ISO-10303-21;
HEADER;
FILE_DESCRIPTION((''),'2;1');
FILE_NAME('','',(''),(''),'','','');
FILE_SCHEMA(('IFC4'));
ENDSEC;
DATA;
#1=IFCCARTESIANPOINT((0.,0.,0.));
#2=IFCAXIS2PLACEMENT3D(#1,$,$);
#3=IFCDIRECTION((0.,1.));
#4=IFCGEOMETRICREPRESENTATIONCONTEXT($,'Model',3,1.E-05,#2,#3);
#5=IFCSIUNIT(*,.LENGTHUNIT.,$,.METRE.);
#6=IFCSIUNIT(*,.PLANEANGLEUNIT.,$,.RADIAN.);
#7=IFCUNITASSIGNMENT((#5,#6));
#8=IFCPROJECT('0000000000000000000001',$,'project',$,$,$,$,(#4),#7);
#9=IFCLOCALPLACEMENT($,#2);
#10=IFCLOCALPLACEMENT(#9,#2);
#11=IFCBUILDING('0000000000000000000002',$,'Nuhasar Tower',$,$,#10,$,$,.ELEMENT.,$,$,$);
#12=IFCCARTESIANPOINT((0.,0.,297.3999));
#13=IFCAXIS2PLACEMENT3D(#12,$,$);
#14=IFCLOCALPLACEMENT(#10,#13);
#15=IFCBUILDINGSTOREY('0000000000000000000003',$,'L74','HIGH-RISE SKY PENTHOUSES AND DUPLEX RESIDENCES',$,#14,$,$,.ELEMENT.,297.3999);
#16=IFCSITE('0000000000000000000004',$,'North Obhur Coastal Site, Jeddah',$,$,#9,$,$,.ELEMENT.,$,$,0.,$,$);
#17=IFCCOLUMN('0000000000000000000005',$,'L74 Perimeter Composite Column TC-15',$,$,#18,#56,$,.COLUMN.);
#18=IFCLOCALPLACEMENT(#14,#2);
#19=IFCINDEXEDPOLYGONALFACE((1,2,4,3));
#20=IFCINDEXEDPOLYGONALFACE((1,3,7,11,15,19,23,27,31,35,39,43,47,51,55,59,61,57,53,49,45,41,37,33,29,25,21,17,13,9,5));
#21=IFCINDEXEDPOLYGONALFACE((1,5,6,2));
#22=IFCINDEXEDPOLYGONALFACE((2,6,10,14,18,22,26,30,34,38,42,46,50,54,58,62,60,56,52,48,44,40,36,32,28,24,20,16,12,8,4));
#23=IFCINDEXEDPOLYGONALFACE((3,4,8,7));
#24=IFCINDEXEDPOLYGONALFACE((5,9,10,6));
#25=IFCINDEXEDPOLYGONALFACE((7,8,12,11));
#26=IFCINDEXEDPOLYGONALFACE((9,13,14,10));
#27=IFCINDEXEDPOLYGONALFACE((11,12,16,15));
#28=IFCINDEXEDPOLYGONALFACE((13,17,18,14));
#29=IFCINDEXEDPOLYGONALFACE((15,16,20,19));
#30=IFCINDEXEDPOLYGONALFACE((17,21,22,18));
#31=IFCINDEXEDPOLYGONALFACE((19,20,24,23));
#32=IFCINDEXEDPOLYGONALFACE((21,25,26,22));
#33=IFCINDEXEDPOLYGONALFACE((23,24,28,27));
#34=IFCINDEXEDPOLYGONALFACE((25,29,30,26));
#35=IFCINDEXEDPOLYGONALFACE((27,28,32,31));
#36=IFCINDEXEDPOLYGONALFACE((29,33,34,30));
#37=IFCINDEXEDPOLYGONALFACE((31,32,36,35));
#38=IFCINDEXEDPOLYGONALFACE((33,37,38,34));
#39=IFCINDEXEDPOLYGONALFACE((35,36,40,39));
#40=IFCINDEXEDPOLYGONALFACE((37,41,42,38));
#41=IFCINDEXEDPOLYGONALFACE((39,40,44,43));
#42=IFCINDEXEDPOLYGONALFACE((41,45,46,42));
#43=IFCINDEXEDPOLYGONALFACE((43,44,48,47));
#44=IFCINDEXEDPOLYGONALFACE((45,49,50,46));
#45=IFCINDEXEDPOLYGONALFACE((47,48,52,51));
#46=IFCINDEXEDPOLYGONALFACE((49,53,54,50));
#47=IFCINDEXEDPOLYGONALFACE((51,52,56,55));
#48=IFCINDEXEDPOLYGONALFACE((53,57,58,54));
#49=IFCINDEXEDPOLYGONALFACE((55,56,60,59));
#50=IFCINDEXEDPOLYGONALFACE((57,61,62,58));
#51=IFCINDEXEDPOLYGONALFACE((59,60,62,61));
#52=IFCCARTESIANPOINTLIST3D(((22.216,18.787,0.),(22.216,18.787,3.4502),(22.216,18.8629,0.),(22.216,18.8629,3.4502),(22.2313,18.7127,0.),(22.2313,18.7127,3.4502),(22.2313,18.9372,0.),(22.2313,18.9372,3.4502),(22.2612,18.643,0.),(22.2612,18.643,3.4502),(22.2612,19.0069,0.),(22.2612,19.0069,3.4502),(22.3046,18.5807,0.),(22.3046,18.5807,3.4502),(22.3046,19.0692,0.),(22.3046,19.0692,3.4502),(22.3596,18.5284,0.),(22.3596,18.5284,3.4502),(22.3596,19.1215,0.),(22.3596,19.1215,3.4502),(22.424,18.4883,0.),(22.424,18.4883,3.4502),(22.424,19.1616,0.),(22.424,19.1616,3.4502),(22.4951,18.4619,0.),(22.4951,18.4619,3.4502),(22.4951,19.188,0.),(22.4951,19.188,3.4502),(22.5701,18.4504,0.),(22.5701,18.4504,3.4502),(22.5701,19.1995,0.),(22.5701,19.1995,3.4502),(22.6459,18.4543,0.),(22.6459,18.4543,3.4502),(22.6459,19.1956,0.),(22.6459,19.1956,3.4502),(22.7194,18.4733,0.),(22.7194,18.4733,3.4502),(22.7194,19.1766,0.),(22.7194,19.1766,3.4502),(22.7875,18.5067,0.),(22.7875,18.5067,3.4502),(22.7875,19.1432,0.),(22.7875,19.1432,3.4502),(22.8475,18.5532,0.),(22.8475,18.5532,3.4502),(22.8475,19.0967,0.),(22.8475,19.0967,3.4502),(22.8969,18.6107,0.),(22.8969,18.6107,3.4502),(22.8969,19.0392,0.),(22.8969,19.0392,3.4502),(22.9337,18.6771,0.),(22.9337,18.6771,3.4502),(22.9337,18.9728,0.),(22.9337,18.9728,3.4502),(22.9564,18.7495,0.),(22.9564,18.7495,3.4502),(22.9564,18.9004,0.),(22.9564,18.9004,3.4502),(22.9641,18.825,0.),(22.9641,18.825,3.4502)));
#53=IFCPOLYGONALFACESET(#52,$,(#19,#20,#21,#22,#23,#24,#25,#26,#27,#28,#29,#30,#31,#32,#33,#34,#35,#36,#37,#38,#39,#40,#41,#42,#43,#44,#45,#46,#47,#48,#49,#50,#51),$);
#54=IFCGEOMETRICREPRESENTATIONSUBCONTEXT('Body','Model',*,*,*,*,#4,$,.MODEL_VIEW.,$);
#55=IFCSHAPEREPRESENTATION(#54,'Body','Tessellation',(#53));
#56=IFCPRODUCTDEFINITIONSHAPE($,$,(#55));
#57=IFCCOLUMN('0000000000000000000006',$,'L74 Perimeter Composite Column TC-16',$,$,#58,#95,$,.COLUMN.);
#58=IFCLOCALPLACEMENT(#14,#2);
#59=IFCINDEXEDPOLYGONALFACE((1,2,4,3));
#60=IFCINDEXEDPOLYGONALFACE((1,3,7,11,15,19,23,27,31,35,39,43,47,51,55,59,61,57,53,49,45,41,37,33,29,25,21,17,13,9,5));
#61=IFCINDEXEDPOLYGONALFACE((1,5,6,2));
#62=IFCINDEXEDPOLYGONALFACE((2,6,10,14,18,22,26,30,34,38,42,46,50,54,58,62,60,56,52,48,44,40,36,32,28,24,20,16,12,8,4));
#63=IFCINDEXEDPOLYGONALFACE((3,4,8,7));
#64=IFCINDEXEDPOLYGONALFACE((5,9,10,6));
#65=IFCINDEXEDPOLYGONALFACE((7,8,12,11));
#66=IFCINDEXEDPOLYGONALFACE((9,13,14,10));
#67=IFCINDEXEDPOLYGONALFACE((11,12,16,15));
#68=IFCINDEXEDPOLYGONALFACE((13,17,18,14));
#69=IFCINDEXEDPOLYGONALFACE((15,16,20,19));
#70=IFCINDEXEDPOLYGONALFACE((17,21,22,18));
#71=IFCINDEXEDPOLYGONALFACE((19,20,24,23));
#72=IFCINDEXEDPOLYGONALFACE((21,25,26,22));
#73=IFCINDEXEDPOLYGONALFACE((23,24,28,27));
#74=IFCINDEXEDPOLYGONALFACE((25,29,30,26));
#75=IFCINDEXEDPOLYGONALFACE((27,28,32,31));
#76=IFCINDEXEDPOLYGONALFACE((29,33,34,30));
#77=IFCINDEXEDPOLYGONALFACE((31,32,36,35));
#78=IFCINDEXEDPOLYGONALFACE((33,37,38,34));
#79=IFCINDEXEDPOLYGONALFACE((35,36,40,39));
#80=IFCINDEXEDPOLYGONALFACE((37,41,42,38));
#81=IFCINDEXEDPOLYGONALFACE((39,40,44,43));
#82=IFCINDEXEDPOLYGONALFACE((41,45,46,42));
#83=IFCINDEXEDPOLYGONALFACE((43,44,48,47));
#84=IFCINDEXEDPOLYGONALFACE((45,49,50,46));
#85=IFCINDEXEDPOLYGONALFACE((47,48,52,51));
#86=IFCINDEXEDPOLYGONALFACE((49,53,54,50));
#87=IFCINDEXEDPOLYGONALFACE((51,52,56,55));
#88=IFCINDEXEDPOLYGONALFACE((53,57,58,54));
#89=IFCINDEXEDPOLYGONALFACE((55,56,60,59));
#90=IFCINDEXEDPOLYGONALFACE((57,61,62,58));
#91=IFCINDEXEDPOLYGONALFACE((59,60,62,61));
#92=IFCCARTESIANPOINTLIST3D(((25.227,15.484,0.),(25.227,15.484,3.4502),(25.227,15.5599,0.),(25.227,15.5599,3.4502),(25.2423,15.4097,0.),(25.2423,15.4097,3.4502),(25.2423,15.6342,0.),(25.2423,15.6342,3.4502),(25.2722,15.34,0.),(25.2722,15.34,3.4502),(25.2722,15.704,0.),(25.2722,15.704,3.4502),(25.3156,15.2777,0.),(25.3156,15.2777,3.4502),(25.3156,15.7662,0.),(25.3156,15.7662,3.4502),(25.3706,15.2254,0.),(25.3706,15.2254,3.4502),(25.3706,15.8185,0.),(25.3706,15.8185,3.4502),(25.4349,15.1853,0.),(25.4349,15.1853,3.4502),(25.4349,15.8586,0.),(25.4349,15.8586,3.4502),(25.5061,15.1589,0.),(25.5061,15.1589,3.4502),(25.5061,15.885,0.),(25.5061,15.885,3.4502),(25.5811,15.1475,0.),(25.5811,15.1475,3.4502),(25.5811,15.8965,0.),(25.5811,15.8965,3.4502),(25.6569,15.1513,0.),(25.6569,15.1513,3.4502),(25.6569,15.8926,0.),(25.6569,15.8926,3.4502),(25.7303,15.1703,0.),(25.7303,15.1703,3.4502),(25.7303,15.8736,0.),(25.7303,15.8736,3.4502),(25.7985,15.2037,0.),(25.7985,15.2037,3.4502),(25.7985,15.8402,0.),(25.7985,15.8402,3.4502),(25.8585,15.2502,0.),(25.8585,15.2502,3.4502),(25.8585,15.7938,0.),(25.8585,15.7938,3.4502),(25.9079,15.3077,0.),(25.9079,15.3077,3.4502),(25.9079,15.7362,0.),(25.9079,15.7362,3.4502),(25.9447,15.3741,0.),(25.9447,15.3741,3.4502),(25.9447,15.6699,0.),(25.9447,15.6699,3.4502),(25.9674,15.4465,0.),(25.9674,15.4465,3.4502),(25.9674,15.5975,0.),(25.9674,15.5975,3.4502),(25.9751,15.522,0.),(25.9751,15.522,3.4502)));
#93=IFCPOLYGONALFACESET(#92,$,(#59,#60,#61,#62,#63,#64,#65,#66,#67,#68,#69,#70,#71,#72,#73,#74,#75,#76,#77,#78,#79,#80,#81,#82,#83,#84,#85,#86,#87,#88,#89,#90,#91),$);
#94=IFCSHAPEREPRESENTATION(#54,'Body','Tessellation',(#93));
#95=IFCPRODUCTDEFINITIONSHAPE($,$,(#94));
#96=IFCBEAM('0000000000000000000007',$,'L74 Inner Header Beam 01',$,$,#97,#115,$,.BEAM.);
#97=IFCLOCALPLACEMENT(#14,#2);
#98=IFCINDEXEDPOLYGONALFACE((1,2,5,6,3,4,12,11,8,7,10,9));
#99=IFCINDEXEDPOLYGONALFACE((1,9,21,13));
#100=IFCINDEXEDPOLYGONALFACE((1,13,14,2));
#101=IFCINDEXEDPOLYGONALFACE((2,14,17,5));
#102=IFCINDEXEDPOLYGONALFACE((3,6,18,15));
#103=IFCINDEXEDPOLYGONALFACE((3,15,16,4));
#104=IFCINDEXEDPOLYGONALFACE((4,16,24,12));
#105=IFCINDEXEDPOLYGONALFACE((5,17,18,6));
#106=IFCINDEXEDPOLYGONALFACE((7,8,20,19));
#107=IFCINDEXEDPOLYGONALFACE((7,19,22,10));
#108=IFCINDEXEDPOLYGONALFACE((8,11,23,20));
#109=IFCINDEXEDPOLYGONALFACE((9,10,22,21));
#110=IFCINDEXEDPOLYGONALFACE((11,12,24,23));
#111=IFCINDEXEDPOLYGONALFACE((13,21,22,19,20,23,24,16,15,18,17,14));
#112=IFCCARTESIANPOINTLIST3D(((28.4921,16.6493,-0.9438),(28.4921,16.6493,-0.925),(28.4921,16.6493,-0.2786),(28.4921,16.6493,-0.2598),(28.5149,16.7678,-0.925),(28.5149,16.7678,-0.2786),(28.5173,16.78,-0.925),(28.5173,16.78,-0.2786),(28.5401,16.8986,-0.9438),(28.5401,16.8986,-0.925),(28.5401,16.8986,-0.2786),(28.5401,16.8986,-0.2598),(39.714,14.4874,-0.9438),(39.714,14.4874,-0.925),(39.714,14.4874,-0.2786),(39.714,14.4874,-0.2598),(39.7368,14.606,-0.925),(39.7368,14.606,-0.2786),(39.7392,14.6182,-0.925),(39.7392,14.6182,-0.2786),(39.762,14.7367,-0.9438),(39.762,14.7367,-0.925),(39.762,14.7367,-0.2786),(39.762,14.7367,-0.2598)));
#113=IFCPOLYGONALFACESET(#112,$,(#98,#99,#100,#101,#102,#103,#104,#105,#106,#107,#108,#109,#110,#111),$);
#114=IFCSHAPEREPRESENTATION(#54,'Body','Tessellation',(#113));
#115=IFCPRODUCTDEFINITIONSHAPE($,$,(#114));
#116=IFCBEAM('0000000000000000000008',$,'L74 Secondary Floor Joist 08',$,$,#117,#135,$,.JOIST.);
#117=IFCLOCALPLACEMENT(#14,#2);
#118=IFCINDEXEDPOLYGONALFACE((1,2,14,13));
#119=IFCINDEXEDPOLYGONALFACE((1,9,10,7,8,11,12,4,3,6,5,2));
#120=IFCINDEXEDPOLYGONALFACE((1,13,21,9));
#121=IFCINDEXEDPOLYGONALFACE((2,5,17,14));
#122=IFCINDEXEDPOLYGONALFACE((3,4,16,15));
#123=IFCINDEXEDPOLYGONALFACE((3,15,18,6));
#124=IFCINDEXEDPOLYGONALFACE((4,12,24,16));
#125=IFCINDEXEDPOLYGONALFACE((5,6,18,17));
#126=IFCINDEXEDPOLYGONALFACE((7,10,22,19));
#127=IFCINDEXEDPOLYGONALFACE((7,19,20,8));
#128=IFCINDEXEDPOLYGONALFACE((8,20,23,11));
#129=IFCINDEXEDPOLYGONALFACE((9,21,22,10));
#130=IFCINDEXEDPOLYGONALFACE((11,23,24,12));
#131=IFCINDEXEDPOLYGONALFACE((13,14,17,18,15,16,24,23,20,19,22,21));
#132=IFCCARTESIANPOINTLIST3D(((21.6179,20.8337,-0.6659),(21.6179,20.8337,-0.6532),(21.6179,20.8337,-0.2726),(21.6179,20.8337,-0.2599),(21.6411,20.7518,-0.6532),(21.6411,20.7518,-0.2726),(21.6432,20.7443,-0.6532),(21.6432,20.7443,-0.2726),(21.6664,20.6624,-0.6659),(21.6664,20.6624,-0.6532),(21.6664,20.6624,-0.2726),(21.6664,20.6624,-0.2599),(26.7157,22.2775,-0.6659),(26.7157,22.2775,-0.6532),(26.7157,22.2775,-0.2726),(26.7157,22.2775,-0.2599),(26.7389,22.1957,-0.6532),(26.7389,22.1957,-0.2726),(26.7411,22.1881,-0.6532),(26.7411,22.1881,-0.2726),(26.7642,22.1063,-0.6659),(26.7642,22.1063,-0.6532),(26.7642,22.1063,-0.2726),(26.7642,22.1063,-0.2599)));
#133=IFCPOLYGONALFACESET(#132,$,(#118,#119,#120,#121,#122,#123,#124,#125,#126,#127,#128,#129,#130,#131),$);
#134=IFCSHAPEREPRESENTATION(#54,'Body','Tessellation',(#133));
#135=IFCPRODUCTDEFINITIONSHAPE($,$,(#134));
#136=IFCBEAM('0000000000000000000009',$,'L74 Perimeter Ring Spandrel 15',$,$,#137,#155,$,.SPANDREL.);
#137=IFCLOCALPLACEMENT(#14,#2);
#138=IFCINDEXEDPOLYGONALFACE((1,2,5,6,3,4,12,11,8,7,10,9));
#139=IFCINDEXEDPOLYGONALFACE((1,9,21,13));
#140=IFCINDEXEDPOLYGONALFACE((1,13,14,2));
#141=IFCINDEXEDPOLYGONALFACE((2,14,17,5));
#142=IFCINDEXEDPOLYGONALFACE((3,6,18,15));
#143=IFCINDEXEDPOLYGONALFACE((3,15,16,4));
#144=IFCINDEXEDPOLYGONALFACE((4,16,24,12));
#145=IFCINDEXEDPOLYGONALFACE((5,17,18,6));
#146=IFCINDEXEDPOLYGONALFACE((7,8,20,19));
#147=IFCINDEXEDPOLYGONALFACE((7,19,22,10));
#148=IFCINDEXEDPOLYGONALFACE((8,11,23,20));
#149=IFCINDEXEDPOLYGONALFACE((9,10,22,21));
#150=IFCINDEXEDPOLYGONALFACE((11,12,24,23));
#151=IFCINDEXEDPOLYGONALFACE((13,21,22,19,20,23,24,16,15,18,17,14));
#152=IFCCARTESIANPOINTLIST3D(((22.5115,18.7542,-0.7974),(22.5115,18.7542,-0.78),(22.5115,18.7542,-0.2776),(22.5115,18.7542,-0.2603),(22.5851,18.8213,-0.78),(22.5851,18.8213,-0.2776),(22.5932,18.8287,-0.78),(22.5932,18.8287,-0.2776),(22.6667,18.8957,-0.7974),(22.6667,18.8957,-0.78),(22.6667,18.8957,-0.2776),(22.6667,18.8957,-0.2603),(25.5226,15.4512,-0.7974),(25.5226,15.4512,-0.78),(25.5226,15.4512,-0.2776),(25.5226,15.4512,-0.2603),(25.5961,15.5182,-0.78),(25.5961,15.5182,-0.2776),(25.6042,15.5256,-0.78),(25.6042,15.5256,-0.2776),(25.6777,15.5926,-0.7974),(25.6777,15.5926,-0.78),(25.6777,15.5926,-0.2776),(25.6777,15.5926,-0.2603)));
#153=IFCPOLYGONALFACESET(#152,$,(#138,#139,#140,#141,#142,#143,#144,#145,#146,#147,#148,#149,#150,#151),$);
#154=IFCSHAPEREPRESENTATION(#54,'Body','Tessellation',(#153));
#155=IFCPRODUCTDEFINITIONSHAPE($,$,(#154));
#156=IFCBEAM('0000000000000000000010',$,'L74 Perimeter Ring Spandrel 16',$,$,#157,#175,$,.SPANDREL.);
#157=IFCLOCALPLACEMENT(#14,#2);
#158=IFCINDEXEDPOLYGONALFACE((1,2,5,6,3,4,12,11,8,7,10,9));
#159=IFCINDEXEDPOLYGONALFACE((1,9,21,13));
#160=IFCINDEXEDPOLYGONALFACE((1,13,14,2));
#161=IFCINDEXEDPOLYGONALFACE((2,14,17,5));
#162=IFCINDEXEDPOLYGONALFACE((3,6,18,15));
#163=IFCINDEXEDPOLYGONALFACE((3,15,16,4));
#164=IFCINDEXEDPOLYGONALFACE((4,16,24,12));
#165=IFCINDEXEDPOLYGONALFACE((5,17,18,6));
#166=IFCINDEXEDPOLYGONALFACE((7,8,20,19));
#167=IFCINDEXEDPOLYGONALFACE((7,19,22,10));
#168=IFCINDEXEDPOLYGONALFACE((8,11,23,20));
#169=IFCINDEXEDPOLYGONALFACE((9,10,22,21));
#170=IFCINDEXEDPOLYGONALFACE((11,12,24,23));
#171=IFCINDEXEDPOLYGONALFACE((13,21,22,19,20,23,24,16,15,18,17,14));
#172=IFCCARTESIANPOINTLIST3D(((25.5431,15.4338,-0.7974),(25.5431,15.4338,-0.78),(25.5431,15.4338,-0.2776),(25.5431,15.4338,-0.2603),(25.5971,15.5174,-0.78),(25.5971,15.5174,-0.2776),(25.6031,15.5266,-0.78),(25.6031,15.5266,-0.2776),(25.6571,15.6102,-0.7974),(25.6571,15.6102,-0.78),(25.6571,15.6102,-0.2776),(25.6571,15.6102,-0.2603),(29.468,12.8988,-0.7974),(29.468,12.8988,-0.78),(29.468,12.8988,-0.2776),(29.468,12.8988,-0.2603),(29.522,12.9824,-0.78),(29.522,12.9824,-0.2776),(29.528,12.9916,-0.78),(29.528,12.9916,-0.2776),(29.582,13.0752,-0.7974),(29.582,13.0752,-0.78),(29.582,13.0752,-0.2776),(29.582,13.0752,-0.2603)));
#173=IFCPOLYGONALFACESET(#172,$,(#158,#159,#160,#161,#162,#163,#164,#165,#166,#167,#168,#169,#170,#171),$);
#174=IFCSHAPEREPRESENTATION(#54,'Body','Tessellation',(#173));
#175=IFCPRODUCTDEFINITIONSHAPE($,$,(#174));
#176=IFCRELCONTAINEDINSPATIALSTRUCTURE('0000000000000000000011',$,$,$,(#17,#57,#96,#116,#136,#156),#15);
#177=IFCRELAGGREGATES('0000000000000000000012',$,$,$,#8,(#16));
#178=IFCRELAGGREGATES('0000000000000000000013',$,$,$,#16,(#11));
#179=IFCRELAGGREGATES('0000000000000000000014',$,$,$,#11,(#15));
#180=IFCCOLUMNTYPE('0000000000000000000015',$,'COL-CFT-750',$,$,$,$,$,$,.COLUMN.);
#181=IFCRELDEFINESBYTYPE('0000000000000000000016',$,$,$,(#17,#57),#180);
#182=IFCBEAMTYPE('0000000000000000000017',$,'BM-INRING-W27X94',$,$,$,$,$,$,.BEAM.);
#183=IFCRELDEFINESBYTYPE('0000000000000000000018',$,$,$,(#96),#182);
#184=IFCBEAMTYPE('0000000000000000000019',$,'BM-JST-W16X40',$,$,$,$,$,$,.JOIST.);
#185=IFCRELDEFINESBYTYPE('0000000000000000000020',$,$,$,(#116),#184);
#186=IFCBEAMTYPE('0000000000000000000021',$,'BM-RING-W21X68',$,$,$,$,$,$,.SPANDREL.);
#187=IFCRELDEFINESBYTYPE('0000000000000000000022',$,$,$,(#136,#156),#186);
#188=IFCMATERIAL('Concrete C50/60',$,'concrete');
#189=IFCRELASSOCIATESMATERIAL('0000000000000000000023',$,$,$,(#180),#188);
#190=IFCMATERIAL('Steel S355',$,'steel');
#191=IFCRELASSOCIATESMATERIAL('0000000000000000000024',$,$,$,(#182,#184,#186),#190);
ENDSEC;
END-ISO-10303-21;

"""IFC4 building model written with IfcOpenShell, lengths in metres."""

from ifc_helpers import new_model, si_unit, direction, frame, origin, origin_2d, place, context, subcontext, project, spatial, circle, i_section, extrude, material, material_profile, profile_set, type_object, element, save


model = new_model("IFC4")

# Units and contexts
model_context = context("Model", 3, precision=1e-05, world=origin(), true_north=direction((0.0, 1.0)))
body_context = subcontext(model_context, "Body", "Model", "MODEL_VIEW")
ifc_project = project(units=[si_unit("LENGTHUNIT", "METRE"), si_unit("PLANEANGLEUNIT", "RADIAN")], contexts=[model_context])

# Site, building, storey
site_placement = place(None, origin())
site = spatial("IfcSite", under=ifc_project, at=site_placement, Name="North Obhur Coastal Site, Jeddah", CompositionType="ELEMENT", RefElevation=0.0)
building_placement = place(site_placement, origin())
building = spatial("IfcBuilding", under=site, at=building_placement, Name="Nuhasar Tower", CompositionType="ELEMENT")
storey_placement = place(building_placement, frame((0.0, 0.0, 297.3999)))
storey = spatial("IfcBuildingStorey", under=building, at=storey_placement, Name="L74", Description="HIGH-RISE SKY PENTHOUSES AND DUPLEX RESIDENCES", CompositionType="ELEMENT", Elevation=297.3999)

# Columns
ifc_material_1 = material(Name="Concrete C50/60", Category="concrete")
ifc_material_profile_1 = material_profile(ifc_material_1, circle(Radius=0.375, at=origin_2d()), Name="CFT750")
ifc_profile_set_1 = profile_set([ifc_material_profile_1], Name="Concrete C50/60")
column_type = type_object("IfcColumnType", Name="COL-CFT-750", PredefinedType="COLUMN", material=ifc_profile_set_1)
for number, where, z_axis, x_axis, name in (
    (1, (22.5891, 18.825, 0.0), (0.0, 0.0, 1.0), (1.0, 0.0, 0.0), "L74 Perimeter Composite Column TC-15"),
    (2, (25.6001, 15.522, 0.0), (0.0, 0.0, 1.0), (1.0, 0.0, 0.0), "L74 Perimeter Composite Column TC-16"),
):
    element("IfcColumn", number, at=place(storey_placement, frame(where, z_axis=z_axis, x_axis=x_axis)), inside=storey, type_object=column_type, Name=name, PredefinedType="COLUMN", context=body_context, shape_type="SweptSolid", body=[
        extrude(circle(Radius=0.375, at=origin_2d()), origin(), (0.0, 0.0, 1.0), 3.4502),
    ])

# Beams
ifc_material_2 = material(Name="Steel S355", Category="steel")
ifc_material_profile_2 = material_profile(ifc_material_2, i_section(OverallWidth=0.2539, OverallDepth=0.6841, WebThickness=0.0125, FlangeThickness=0.0188, at=origin_2d()), Name="W27X94")
ifc_profile_set_2 = profile_set([ifc_material_profile_2], Name="Steel S355")
beam_type_1 = type_object("IfcBeamType", Name="BM-INRING-W27X94", PredefinedType="BEAM", material=ifc_profile_set_2)
beam_1_placement = place(storey_placement, frame((28.5161, 16.7739, -0.6018), z_axis=(0.981945, -0.189168, 0.0), x_axis=(0.189168, 0.981945, 0.0)))
element("IfcBeam", 3, at=beam_1_placement, inside=storey, type_object=beam_type_1, Name="L74 Inner Header Beam 01", PredefinedType="BEAM", context=body_context, shape_type="SweptSolid", body=[
    extrude(i_section(OverallWidth=0.2539, OverallDepth=0.6841, WebThickness=0.0125, FlangeThickness=0.0188, at=origin_2d()), origin(), (0.0, 0.0, 1.0), 11.4282),
])
ifc_material_profile_3 = material_profile(ifc_material_2, i_section(OverallWidth=0.178, OverallDepth=0.406, WebThickness=0.0078, FlangeThickness=0.0127, at=origin_2d()), Name="W16X40")
ifc_profile_set_3 = profile_set([ifc_material_profile_3], Name="Steel S355")
beam_type_2 = type_object("IfcBeamType", Name="BM-JST-W16X40", PredefinedType="JOIST", material=ifc_profile_set_3)
beam_2_placement = place(storey_placement, frame((26.74, 22.1919, -0.4629), z_axis=(-0.962154, -0.272505, 0.0), x_axis=(0.272505, -0.962154, 0.0)))
element("IfcBeam", 4, at=beam_2_placement, inside=storey, type_object=beam_type_2, Name="L74 Secondary Floor Joist 08", PredefinedType="JOIST", context=body_context, shape_type="SweptSolid", body=[
    extrude(i_section(OverallWidth=0.178, OverallDepth=0.406, WebThickness=0.0078, FlangeThickness=0.0127, at=origin_2d()), origin(), (0.0, 0.0, 1.0), 5.2983),
])
ifc_material_profile_4 = material_profile(ifc_material_2, i_section(OverallWidth=0.21, OverallDepth=0.5371, WebThickness=0.011, FlangeThickness=0.0173, at=origin_2d()), Name="W21X68")
ifc_profile_set_4 = profile_set([ifc_material_profile_4], Name="Steel S355")
beam_type_3 = type_object("IfcBeamType", Name="BM-RING-W21X68", PredefinedType="SPANDREL", material=ifc_profile_set_4)
beam_3_placement = place(storey_placement, frame((22.5891, 18.825, -0.5288), z_axis=(0.673686, -0.739017, 0.0), x_axis=(0.739017, 0.673686, 0.0)))
element("IfcBeam", 5, at=beam_3_placement, inside=storey, type_object=beam_type_3, Name="L74 Perimeter Ring Spandrel 15", PredefinedType="SPANDREL", context=body_context, shape_type="SweptSolid", body=[
    extrude(i_section(OverallWidth=0.21, OverallDepth=0.5371, WebThickness=0.011, FlangeThickness=0.0173, at=origin_2d()), origin(), (0.0, 0.0, 1.0), 4.4695),
])
beam_4_placement = place(storey_placement, frame((25.6001, 15.522, -0.5288), z_axis=(0.840025, -0.542547, 0.0), x_axis=(0.542547, 0.840025, 0.0)))
element("IfcBeam", 6, at=beam_4_placement, inside=storey, type_object=beam_type_3, Name="L74 Perimeter Ring Spandrel 16", PredefinedType="SPANDREL", context=body_context, shape_type="SweptSolid", body=[
    extrude(i_section(OverallWidth=0.21, OverallDepth=0.5371, WebThickness=0.011, FlangeThickness=0.0173, at=origin_2d()), origin(), (0.0, 0.0, 1.0), 4.6724),
])

save(model, "model.ifc")
